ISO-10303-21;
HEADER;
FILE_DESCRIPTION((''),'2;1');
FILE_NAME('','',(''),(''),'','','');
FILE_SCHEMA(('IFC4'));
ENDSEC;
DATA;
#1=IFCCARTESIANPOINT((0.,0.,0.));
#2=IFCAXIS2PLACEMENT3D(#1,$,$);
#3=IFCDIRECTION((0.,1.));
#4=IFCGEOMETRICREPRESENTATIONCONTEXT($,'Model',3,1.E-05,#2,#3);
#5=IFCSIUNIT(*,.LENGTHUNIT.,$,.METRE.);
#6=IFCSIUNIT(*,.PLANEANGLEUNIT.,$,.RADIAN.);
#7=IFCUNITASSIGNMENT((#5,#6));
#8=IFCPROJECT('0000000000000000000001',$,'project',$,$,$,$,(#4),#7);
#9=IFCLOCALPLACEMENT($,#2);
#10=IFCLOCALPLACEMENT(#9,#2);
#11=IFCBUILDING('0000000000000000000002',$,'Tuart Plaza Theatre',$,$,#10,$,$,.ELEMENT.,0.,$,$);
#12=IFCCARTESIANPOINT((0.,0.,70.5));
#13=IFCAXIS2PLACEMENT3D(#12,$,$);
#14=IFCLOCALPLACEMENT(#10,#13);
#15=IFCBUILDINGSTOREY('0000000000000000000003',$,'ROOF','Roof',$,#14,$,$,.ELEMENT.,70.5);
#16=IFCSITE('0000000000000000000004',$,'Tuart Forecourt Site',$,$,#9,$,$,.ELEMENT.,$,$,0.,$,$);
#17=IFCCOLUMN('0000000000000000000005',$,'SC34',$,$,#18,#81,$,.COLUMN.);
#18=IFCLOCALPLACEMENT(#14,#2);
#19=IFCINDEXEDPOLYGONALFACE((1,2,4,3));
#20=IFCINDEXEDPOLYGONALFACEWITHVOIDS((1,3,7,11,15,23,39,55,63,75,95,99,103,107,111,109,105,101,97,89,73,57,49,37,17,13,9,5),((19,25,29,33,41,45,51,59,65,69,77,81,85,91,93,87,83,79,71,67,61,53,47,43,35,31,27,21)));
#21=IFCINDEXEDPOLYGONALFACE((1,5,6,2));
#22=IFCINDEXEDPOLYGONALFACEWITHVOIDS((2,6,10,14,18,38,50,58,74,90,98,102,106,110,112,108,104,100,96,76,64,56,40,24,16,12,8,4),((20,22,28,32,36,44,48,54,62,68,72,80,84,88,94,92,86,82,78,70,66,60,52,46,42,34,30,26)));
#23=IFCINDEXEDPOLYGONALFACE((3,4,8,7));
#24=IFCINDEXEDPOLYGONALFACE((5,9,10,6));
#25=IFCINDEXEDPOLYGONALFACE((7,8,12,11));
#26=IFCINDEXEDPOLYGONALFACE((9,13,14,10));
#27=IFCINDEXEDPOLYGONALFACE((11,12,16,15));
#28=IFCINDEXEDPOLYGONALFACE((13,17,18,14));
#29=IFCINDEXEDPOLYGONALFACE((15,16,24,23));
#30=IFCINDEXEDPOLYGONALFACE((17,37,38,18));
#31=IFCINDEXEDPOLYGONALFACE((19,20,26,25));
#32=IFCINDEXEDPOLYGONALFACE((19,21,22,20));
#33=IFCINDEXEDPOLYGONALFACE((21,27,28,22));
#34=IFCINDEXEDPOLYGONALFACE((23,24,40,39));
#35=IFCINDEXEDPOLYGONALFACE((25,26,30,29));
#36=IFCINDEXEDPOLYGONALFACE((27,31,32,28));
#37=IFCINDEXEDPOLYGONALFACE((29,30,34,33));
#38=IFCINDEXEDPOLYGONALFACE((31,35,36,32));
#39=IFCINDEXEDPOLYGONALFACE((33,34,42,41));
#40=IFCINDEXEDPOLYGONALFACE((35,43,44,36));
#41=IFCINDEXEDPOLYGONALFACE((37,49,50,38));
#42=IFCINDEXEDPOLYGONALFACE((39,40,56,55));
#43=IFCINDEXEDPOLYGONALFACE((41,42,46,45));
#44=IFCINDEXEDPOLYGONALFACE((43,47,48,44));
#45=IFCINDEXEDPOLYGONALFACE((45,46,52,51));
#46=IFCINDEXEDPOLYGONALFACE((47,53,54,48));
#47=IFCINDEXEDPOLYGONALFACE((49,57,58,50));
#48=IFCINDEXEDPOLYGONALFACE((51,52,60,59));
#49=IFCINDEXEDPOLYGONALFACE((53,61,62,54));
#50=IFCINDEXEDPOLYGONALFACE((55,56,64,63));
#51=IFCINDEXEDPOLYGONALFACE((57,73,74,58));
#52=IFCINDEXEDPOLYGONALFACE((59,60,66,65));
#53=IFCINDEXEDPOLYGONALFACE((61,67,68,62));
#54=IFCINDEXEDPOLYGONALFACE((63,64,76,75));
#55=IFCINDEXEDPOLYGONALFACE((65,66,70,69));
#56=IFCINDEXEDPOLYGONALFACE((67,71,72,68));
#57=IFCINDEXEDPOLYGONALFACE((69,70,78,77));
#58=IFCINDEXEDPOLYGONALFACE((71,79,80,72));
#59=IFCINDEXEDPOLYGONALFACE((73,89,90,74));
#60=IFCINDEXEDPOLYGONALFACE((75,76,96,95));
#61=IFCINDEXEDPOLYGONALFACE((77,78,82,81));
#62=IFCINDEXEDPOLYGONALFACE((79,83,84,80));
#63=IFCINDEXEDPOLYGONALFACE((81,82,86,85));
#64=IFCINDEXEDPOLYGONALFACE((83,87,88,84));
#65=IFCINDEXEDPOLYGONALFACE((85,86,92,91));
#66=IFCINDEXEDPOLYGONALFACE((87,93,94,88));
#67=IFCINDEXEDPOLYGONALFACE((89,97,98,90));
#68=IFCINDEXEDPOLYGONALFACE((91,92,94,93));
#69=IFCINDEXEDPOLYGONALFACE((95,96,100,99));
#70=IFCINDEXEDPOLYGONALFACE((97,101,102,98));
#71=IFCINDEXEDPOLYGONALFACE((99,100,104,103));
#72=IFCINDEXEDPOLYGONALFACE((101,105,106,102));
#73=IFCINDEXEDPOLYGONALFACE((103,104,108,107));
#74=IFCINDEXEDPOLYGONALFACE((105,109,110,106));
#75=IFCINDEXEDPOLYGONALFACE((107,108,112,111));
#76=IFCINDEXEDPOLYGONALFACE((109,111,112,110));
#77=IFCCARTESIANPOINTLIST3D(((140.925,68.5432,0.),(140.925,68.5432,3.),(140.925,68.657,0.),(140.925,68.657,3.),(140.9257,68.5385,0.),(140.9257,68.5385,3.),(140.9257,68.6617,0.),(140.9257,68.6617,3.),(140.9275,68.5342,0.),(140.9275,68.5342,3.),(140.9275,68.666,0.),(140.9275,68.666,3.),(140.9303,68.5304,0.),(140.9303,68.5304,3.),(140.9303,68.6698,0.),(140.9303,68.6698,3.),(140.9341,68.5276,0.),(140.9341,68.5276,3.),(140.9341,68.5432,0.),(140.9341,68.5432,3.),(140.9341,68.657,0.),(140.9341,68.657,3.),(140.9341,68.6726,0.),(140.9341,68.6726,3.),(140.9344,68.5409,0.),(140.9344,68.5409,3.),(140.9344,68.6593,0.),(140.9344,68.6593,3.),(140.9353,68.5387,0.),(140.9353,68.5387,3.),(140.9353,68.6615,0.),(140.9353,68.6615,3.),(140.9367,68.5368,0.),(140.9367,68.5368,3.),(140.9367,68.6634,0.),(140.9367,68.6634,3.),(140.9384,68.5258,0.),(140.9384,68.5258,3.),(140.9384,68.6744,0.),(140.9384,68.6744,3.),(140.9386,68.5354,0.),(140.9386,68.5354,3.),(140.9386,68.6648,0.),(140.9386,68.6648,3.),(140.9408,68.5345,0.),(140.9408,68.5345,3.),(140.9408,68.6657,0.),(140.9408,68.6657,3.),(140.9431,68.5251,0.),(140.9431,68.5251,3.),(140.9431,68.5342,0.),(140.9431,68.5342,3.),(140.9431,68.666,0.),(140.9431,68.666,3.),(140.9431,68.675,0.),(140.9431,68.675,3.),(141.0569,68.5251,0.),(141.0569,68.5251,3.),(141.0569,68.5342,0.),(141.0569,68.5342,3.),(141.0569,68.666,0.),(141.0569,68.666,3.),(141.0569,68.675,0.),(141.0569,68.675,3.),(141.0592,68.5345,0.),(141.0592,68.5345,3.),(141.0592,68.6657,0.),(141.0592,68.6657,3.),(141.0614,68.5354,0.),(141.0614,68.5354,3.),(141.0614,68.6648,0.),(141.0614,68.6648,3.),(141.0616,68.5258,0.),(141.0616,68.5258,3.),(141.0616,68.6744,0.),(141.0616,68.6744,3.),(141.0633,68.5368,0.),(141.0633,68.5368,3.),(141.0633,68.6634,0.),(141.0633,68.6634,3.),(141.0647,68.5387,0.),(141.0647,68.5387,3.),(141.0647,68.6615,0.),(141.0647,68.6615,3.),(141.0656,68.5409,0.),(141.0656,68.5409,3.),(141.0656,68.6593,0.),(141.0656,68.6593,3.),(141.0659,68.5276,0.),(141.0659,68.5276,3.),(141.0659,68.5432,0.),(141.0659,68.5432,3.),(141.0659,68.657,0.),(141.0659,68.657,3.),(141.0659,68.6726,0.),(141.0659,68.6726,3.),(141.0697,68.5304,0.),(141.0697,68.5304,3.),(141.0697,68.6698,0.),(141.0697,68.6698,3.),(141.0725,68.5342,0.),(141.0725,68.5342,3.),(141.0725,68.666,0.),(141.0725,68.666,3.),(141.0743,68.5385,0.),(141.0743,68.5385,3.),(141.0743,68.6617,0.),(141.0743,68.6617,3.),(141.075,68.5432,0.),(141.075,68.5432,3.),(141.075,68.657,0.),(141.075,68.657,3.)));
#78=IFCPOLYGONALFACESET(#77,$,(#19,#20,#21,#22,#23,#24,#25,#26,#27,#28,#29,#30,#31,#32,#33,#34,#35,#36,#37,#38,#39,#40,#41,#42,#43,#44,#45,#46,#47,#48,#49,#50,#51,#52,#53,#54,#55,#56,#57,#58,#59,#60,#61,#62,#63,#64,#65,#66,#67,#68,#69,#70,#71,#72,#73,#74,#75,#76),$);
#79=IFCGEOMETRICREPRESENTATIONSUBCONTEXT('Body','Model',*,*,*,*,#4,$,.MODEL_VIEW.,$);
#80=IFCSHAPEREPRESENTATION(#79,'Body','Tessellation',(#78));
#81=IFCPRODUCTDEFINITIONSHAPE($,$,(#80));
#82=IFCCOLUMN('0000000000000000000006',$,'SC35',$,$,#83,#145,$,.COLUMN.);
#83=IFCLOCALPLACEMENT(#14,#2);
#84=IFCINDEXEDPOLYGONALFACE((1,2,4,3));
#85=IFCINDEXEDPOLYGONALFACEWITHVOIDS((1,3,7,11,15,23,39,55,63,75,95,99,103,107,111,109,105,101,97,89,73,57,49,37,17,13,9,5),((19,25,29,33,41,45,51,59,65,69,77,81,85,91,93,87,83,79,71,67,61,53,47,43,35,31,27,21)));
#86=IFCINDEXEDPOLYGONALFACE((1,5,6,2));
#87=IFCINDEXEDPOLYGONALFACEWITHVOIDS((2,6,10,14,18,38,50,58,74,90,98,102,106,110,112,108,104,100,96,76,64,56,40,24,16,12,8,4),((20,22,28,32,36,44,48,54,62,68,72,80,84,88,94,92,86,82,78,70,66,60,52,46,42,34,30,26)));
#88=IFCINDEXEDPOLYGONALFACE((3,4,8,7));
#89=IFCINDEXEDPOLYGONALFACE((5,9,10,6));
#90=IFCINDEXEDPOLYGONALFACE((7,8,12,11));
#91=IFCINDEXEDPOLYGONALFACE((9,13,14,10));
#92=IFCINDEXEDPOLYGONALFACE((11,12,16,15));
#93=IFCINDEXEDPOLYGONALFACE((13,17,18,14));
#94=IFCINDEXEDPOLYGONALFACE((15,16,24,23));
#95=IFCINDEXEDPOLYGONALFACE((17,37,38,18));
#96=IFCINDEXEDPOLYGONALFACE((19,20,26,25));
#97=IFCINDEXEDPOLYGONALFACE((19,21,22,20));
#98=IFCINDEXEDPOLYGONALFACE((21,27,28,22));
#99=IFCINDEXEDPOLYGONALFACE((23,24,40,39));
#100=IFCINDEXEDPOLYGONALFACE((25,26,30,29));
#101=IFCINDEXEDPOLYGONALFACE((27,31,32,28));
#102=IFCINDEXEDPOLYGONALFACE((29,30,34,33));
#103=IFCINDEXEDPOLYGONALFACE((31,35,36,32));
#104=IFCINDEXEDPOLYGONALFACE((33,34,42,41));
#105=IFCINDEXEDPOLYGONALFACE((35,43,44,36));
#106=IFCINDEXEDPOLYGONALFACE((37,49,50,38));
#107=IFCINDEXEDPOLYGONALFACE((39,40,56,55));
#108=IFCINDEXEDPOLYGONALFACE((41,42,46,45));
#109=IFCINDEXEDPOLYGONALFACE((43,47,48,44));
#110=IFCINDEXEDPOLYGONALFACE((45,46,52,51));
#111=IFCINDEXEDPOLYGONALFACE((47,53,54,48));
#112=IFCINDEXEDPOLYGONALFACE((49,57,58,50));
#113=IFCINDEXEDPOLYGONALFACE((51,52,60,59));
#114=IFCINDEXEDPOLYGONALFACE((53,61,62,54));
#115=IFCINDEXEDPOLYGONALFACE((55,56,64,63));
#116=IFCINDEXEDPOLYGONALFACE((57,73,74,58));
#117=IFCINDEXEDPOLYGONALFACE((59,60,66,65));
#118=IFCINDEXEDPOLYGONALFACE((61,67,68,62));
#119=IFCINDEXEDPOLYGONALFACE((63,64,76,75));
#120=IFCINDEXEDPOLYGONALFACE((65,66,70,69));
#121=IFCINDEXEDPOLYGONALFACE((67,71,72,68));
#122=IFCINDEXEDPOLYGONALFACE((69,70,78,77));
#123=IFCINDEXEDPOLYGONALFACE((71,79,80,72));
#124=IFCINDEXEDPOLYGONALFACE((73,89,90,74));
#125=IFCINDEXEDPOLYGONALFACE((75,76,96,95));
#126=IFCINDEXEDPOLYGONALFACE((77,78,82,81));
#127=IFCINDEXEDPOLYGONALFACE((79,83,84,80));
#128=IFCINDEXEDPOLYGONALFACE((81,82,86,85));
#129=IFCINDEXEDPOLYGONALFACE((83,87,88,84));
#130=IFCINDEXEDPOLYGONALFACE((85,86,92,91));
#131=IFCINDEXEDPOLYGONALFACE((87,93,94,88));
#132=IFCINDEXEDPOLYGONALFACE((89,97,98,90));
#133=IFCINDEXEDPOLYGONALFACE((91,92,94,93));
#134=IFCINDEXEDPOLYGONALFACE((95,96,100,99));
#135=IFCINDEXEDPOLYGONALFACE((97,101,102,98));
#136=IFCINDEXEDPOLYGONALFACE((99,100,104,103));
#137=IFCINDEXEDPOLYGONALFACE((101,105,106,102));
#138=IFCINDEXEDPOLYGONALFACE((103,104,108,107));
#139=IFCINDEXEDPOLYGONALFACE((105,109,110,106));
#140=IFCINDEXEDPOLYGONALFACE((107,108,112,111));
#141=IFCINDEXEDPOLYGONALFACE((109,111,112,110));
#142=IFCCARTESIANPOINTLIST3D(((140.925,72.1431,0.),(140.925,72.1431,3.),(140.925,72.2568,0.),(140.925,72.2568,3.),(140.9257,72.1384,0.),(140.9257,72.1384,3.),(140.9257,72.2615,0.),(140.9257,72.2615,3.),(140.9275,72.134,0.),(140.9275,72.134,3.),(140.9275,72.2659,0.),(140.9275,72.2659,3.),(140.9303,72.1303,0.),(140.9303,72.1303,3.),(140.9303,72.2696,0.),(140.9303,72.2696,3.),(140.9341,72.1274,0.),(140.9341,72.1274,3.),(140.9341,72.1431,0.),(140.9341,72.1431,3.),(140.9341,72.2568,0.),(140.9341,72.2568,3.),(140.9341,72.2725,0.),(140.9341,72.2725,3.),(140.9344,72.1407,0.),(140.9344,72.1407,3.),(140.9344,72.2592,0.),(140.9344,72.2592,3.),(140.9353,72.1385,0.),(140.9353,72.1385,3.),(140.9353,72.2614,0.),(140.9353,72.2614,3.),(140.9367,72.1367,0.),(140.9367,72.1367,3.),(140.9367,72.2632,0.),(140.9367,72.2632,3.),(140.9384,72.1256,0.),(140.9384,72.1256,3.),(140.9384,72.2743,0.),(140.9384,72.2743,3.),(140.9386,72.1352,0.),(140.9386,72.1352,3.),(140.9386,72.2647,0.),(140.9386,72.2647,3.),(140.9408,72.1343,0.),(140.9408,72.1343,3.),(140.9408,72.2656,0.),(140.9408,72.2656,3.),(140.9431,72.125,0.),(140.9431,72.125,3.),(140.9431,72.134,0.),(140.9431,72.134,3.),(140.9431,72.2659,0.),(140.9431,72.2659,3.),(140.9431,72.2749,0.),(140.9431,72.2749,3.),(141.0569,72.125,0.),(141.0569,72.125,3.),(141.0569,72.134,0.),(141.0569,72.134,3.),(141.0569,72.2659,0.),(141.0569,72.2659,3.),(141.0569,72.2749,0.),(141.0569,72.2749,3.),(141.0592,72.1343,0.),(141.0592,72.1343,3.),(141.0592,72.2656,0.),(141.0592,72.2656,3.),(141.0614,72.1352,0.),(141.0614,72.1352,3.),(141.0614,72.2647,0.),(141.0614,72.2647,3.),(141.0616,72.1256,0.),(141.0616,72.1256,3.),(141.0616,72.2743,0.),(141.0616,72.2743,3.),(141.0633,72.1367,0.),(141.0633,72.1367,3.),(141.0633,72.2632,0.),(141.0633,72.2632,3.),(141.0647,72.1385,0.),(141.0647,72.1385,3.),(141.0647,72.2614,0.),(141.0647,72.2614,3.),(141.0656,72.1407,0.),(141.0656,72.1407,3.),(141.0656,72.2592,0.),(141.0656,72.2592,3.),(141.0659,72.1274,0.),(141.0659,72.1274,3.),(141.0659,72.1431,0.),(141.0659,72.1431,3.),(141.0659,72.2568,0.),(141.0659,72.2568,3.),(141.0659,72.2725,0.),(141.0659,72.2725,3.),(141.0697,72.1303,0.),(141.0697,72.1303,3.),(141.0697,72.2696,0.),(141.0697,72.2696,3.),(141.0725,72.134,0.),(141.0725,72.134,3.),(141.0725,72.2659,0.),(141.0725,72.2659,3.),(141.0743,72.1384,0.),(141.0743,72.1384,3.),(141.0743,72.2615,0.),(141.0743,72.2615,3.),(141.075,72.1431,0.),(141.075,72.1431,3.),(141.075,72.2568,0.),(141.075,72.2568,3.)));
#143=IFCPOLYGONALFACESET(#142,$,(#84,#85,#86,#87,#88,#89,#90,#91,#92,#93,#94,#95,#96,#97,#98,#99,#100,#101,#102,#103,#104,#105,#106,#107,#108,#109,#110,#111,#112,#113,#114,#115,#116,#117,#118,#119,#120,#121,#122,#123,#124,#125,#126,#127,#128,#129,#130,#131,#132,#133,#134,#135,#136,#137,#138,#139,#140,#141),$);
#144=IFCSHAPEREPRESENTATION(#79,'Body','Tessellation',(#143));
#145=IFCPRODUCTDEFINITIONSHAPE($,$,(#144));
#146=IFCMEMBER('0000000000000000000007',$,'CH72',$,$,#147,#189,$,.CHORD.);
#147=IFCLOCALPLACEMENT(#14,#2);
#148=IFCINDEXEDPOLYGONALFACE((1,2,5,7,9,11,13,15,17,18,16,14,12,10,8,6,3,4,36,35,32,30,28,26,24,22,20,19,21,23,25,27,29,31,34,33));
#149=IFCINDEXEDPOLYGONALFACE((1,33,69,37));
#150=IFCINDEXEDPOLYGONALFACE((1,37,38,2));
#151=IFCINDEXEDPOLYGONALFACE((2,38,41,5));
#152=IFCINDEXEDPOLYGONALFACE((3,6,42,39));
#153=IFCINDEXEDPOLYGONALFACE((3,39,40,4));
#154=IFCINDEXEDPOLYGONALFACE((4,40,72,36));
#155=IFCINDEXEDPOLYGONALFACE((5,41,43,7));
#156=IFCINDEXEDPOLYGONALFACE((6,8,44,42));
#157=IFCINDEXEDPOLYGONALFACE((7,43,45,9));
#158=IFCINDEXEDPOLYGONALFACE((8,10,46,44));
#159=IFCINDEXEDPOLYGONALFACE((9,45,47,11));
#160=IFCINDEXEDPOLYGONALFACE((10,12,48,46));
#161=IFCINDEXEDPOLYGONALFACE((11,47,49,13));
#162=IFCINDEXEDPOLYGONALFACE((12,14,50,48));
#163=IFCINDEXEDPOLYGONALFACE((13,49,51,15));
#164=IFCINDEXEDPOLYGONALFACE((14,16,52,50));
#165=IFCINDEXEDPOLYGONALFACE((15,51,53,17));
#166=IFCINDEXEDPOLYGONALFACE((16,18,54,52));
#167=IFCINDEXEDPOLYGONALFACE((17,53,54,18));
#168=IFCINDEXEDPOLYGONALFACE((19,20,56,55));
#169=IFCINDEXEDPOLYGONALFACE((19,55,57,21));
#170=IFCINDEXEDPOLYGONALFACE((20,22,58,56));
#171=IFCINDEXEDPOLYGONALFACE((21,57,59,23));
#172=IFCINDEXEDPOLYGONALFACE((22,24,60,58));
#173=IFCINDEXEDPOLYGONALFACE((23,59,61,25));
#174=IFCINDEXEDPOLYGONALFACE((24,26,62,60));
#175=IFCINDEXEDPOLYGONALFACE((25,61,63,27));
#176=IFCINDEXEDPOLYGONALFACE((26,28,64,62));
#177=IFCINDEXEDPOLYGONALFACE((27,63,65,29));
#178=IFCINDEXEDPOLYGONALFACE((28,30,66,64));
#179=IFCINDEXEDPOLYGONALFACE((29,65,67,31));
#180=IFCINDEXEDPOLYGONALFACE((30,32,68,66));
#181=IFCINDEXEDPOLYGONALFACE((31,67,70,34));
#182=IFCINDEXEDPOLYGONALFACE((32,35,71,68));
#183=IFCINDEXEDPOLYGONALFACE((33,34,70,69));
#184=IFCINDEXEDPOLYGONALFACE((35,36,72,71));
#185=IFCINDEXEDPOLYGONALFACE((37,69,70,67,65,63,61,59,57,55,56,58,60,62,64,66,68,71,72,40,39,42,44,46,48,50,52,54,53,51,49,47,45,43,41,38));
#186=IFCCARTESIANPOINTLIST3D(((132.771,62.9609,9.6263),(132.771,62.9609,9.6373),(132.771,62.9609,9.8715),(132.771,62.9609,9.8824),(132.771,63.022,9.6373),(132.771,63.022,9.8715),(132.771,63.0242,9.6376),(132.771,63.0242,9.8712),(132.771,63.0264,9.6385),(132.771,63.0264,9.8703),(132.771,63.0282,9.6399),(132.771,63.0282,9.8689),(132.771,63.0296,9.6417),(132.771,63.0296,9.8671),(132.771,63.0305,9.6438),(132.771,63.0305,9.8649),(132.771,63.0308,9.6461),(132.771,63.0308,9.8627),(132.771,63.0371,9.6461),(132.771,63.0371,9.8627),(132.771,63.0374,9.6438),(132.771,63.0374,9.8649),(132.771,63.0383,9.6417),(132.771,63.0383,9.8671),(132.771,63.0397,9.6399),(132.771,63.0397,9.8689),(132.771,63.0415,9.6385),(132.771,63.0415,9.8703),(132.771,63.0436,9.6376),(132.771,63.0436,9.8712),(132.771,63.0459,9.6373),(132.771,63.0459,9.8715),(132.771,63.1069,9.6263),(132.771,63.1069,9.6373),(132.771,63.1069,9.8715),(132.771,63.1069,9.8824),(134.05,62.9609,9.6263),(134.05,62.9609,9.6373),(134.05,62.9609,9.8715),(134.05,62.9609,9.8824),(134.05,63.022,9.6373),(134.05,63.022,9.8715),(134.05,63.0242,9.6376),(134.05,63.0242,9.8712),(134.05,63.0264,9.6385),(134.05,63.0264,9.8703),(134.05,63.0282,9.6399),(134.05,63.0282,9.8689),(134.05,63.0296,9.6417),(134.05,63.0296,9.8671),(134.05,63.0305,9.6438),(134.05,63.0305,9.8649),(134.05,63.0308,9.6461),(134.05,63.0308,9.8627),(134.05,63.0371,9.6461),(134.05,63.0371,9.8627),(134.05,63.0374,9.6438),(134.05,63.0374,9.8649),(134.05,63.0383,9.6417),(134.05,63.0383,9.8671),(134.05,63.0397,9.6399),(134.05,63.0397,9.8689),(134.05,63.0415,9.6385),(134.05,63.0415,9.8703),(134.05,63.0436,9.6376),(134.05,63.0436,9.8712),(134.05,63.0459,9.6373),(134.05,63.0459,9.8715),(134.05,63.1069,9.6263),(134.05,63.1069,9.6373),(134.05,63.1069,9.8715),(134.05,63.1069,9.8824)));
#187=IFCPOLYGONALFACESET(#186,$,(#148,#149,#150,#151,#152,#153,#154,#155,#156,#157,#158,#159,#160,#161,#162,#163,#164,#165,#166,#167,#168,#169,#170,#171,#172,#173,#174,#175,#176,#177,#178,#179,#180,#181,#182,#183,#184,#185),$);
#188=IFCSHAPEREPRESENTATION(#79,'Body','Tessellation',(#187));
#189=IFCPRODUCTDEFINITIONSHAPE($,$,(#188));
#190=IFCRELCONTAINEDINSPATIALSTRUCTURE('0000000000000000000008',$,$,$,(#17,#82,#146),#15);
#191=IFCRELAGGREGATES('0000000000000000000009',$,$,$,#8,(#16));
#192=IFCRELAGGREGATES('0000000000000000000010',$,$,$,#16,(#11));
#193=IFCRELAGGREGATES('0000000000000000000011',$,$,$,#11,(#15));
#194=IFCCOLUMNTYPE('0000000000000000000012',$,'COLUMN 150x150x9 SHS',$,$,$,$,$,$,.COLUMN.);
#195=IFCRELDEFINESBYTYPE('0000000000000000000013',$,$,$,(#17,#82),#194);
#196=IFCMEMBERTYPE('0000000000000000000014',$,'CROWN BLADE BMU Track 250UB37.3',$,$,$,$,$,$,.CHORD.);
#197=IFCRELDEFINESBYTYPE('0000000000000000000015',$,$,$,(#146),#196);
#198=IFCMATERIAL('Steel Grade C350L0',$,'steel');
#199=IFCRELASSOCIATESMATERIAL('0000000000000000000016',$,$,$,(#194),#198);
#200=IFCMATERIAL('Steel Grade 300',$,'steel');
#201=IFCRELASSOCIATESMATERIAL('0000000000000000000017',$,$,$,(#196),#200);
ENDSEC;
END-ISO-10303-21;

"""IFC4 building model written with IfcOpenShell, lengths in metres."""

from ifc_helpers import new_model, si_unit, direction, frame, origin, origin_2d, place, context, subcontext, project, spatial, hollow_rectangle, i_section, extrude, material, material_profile, profile_set, type_object, element, save


model = new_model("IFC4")

# Units and contexts
model_context = context("Model", 3, precision=1e-05, world=origin(), true_north=direction((0.0, 1.0)))
body_context = subcontext(model_context, "Body", "Model", "MODEL_VIEW")
ifc_project = project(units=[si_unit("LENGTHUNIT", "METRE"), si_unit("PLANEANGLEUNIT", "RADIAN")], contexts=[model_context])

# Site, building, storey
site_placement = place(None, origin())
site = spatial("IfcSite", under=ifc_project, at=site_placement, Name="Tuart Forecourt Site", CompositionType="ELEMENT", RefElevation=0.0)
building_placement = place(site_placement, origin())
building = spatial("IfcBuilding", under=site, at=building_placement, Name="Tuart Plaza Theatre", CompositionType="ELEMENT", ElevationOfRefHeight=0.0)
storey_placement = place(building_placement, frame((0.0, 0.0, 70.5)))
storey = spatial("IfcBuildingStorey", under=building, at=storey_placement, Name="ROOF", Description="Roof", CompositionType="ELEMENT", Elevation=70.5)

# Columns
ifc_material_1 = material(Name="Steel Grade C350L0", Category="steel")
ifc_material_profile_1 = material_profile(ifc_material_1, hollow_rectangle(XDim=0.1499, YDim=0.1499, WallThickness=0.009, InnerFilletRadius=0.009, OuterFilletRadius=0.0181, at=origin_2d()), Name="150x150x9 SHS")
ifc_profile_set_1 = profile_set([ifc_material_profile_1], Name="Steel Grade C350L0")
column_type = type_object("IfcColumnType", Name="COLUMN 150x150x9 SHS", PredefinedType="COLUMN", material=ifc_profile_set_1)
for number, where, z_axis, x_axis, name in (
    (1, (141.0, 68.6001, 0.0), (0.0, 0.0, 1.0), (1.0, 0.0, 0.0), "SC34"),
    (2, (141.0, 72.2, 0.0), (0.0, 0.0, 1.0), (1.0, 0.0, 0.0), "SC35"),
):
    element("IfcColumn", number, at=place(storey_placement, frame(where, z_axis=z_axis, x_axis=x_axis)), inside=storey, type_object=column_type, Name=name, PredefinedType="COLUMN", context=body_context, shape_type="SweptSolid", body=[
        extrude(hollow_rectangle(XDim=0.1499, YDim=0.1499, WallThickness=0.009, InnerFilletRadius=0.009, OuterFilletRadius=0.0181, at=origin_2d()), origin(), (0.0, 0.0, 1.0), 3.0),
    ])

# Member
ifc_material_2 = material(Name="Steel Grade 300", Category="steel")
ifc_material_profile_2 = material_profile(ifc_material_2, i_section(OverallWidth=0.146, OverallDepth=0.2561, WebThickness=0.0063, FlangeThickness=0.011, FilletRadius=0.0088, at=origin_2d()), Name="250UB37.3")
ifc_profile_set_2 = profile_set([ifc_material_profile_2], Name="Steel Grade 300")
member_type_1 = type_object("IfcMemberType", Name="CROWN BLADE BMU Track 250UB37.3", PredefinedType="CHORD", material=ifc_profile_set_2)
member_1_placement = place(storey_placement, frame((132.771, 63.0339, 9.7544), z_axis=(1.0, 0.0, 0.0), x_axis=(0.0, 1.0, 0.0)))
element("IfcMember", 3, at=member_1_placement, inside=storey, type_object=member_type_1, Name="CH72", PredefinedType="CHORD", context=body_context, shape_type="SweptSolid", body=[
    extrude(i_section(OverallWidth=0.146, OverallDepth=0.2561, WebThickness=0.0063, FlangeThickness=0.011, FilletRadius=0.0088, at=origin_2d()), origin(), (0.0, 0.0, 1.0), 1.2791),
])

save(model, "model.ifc")
